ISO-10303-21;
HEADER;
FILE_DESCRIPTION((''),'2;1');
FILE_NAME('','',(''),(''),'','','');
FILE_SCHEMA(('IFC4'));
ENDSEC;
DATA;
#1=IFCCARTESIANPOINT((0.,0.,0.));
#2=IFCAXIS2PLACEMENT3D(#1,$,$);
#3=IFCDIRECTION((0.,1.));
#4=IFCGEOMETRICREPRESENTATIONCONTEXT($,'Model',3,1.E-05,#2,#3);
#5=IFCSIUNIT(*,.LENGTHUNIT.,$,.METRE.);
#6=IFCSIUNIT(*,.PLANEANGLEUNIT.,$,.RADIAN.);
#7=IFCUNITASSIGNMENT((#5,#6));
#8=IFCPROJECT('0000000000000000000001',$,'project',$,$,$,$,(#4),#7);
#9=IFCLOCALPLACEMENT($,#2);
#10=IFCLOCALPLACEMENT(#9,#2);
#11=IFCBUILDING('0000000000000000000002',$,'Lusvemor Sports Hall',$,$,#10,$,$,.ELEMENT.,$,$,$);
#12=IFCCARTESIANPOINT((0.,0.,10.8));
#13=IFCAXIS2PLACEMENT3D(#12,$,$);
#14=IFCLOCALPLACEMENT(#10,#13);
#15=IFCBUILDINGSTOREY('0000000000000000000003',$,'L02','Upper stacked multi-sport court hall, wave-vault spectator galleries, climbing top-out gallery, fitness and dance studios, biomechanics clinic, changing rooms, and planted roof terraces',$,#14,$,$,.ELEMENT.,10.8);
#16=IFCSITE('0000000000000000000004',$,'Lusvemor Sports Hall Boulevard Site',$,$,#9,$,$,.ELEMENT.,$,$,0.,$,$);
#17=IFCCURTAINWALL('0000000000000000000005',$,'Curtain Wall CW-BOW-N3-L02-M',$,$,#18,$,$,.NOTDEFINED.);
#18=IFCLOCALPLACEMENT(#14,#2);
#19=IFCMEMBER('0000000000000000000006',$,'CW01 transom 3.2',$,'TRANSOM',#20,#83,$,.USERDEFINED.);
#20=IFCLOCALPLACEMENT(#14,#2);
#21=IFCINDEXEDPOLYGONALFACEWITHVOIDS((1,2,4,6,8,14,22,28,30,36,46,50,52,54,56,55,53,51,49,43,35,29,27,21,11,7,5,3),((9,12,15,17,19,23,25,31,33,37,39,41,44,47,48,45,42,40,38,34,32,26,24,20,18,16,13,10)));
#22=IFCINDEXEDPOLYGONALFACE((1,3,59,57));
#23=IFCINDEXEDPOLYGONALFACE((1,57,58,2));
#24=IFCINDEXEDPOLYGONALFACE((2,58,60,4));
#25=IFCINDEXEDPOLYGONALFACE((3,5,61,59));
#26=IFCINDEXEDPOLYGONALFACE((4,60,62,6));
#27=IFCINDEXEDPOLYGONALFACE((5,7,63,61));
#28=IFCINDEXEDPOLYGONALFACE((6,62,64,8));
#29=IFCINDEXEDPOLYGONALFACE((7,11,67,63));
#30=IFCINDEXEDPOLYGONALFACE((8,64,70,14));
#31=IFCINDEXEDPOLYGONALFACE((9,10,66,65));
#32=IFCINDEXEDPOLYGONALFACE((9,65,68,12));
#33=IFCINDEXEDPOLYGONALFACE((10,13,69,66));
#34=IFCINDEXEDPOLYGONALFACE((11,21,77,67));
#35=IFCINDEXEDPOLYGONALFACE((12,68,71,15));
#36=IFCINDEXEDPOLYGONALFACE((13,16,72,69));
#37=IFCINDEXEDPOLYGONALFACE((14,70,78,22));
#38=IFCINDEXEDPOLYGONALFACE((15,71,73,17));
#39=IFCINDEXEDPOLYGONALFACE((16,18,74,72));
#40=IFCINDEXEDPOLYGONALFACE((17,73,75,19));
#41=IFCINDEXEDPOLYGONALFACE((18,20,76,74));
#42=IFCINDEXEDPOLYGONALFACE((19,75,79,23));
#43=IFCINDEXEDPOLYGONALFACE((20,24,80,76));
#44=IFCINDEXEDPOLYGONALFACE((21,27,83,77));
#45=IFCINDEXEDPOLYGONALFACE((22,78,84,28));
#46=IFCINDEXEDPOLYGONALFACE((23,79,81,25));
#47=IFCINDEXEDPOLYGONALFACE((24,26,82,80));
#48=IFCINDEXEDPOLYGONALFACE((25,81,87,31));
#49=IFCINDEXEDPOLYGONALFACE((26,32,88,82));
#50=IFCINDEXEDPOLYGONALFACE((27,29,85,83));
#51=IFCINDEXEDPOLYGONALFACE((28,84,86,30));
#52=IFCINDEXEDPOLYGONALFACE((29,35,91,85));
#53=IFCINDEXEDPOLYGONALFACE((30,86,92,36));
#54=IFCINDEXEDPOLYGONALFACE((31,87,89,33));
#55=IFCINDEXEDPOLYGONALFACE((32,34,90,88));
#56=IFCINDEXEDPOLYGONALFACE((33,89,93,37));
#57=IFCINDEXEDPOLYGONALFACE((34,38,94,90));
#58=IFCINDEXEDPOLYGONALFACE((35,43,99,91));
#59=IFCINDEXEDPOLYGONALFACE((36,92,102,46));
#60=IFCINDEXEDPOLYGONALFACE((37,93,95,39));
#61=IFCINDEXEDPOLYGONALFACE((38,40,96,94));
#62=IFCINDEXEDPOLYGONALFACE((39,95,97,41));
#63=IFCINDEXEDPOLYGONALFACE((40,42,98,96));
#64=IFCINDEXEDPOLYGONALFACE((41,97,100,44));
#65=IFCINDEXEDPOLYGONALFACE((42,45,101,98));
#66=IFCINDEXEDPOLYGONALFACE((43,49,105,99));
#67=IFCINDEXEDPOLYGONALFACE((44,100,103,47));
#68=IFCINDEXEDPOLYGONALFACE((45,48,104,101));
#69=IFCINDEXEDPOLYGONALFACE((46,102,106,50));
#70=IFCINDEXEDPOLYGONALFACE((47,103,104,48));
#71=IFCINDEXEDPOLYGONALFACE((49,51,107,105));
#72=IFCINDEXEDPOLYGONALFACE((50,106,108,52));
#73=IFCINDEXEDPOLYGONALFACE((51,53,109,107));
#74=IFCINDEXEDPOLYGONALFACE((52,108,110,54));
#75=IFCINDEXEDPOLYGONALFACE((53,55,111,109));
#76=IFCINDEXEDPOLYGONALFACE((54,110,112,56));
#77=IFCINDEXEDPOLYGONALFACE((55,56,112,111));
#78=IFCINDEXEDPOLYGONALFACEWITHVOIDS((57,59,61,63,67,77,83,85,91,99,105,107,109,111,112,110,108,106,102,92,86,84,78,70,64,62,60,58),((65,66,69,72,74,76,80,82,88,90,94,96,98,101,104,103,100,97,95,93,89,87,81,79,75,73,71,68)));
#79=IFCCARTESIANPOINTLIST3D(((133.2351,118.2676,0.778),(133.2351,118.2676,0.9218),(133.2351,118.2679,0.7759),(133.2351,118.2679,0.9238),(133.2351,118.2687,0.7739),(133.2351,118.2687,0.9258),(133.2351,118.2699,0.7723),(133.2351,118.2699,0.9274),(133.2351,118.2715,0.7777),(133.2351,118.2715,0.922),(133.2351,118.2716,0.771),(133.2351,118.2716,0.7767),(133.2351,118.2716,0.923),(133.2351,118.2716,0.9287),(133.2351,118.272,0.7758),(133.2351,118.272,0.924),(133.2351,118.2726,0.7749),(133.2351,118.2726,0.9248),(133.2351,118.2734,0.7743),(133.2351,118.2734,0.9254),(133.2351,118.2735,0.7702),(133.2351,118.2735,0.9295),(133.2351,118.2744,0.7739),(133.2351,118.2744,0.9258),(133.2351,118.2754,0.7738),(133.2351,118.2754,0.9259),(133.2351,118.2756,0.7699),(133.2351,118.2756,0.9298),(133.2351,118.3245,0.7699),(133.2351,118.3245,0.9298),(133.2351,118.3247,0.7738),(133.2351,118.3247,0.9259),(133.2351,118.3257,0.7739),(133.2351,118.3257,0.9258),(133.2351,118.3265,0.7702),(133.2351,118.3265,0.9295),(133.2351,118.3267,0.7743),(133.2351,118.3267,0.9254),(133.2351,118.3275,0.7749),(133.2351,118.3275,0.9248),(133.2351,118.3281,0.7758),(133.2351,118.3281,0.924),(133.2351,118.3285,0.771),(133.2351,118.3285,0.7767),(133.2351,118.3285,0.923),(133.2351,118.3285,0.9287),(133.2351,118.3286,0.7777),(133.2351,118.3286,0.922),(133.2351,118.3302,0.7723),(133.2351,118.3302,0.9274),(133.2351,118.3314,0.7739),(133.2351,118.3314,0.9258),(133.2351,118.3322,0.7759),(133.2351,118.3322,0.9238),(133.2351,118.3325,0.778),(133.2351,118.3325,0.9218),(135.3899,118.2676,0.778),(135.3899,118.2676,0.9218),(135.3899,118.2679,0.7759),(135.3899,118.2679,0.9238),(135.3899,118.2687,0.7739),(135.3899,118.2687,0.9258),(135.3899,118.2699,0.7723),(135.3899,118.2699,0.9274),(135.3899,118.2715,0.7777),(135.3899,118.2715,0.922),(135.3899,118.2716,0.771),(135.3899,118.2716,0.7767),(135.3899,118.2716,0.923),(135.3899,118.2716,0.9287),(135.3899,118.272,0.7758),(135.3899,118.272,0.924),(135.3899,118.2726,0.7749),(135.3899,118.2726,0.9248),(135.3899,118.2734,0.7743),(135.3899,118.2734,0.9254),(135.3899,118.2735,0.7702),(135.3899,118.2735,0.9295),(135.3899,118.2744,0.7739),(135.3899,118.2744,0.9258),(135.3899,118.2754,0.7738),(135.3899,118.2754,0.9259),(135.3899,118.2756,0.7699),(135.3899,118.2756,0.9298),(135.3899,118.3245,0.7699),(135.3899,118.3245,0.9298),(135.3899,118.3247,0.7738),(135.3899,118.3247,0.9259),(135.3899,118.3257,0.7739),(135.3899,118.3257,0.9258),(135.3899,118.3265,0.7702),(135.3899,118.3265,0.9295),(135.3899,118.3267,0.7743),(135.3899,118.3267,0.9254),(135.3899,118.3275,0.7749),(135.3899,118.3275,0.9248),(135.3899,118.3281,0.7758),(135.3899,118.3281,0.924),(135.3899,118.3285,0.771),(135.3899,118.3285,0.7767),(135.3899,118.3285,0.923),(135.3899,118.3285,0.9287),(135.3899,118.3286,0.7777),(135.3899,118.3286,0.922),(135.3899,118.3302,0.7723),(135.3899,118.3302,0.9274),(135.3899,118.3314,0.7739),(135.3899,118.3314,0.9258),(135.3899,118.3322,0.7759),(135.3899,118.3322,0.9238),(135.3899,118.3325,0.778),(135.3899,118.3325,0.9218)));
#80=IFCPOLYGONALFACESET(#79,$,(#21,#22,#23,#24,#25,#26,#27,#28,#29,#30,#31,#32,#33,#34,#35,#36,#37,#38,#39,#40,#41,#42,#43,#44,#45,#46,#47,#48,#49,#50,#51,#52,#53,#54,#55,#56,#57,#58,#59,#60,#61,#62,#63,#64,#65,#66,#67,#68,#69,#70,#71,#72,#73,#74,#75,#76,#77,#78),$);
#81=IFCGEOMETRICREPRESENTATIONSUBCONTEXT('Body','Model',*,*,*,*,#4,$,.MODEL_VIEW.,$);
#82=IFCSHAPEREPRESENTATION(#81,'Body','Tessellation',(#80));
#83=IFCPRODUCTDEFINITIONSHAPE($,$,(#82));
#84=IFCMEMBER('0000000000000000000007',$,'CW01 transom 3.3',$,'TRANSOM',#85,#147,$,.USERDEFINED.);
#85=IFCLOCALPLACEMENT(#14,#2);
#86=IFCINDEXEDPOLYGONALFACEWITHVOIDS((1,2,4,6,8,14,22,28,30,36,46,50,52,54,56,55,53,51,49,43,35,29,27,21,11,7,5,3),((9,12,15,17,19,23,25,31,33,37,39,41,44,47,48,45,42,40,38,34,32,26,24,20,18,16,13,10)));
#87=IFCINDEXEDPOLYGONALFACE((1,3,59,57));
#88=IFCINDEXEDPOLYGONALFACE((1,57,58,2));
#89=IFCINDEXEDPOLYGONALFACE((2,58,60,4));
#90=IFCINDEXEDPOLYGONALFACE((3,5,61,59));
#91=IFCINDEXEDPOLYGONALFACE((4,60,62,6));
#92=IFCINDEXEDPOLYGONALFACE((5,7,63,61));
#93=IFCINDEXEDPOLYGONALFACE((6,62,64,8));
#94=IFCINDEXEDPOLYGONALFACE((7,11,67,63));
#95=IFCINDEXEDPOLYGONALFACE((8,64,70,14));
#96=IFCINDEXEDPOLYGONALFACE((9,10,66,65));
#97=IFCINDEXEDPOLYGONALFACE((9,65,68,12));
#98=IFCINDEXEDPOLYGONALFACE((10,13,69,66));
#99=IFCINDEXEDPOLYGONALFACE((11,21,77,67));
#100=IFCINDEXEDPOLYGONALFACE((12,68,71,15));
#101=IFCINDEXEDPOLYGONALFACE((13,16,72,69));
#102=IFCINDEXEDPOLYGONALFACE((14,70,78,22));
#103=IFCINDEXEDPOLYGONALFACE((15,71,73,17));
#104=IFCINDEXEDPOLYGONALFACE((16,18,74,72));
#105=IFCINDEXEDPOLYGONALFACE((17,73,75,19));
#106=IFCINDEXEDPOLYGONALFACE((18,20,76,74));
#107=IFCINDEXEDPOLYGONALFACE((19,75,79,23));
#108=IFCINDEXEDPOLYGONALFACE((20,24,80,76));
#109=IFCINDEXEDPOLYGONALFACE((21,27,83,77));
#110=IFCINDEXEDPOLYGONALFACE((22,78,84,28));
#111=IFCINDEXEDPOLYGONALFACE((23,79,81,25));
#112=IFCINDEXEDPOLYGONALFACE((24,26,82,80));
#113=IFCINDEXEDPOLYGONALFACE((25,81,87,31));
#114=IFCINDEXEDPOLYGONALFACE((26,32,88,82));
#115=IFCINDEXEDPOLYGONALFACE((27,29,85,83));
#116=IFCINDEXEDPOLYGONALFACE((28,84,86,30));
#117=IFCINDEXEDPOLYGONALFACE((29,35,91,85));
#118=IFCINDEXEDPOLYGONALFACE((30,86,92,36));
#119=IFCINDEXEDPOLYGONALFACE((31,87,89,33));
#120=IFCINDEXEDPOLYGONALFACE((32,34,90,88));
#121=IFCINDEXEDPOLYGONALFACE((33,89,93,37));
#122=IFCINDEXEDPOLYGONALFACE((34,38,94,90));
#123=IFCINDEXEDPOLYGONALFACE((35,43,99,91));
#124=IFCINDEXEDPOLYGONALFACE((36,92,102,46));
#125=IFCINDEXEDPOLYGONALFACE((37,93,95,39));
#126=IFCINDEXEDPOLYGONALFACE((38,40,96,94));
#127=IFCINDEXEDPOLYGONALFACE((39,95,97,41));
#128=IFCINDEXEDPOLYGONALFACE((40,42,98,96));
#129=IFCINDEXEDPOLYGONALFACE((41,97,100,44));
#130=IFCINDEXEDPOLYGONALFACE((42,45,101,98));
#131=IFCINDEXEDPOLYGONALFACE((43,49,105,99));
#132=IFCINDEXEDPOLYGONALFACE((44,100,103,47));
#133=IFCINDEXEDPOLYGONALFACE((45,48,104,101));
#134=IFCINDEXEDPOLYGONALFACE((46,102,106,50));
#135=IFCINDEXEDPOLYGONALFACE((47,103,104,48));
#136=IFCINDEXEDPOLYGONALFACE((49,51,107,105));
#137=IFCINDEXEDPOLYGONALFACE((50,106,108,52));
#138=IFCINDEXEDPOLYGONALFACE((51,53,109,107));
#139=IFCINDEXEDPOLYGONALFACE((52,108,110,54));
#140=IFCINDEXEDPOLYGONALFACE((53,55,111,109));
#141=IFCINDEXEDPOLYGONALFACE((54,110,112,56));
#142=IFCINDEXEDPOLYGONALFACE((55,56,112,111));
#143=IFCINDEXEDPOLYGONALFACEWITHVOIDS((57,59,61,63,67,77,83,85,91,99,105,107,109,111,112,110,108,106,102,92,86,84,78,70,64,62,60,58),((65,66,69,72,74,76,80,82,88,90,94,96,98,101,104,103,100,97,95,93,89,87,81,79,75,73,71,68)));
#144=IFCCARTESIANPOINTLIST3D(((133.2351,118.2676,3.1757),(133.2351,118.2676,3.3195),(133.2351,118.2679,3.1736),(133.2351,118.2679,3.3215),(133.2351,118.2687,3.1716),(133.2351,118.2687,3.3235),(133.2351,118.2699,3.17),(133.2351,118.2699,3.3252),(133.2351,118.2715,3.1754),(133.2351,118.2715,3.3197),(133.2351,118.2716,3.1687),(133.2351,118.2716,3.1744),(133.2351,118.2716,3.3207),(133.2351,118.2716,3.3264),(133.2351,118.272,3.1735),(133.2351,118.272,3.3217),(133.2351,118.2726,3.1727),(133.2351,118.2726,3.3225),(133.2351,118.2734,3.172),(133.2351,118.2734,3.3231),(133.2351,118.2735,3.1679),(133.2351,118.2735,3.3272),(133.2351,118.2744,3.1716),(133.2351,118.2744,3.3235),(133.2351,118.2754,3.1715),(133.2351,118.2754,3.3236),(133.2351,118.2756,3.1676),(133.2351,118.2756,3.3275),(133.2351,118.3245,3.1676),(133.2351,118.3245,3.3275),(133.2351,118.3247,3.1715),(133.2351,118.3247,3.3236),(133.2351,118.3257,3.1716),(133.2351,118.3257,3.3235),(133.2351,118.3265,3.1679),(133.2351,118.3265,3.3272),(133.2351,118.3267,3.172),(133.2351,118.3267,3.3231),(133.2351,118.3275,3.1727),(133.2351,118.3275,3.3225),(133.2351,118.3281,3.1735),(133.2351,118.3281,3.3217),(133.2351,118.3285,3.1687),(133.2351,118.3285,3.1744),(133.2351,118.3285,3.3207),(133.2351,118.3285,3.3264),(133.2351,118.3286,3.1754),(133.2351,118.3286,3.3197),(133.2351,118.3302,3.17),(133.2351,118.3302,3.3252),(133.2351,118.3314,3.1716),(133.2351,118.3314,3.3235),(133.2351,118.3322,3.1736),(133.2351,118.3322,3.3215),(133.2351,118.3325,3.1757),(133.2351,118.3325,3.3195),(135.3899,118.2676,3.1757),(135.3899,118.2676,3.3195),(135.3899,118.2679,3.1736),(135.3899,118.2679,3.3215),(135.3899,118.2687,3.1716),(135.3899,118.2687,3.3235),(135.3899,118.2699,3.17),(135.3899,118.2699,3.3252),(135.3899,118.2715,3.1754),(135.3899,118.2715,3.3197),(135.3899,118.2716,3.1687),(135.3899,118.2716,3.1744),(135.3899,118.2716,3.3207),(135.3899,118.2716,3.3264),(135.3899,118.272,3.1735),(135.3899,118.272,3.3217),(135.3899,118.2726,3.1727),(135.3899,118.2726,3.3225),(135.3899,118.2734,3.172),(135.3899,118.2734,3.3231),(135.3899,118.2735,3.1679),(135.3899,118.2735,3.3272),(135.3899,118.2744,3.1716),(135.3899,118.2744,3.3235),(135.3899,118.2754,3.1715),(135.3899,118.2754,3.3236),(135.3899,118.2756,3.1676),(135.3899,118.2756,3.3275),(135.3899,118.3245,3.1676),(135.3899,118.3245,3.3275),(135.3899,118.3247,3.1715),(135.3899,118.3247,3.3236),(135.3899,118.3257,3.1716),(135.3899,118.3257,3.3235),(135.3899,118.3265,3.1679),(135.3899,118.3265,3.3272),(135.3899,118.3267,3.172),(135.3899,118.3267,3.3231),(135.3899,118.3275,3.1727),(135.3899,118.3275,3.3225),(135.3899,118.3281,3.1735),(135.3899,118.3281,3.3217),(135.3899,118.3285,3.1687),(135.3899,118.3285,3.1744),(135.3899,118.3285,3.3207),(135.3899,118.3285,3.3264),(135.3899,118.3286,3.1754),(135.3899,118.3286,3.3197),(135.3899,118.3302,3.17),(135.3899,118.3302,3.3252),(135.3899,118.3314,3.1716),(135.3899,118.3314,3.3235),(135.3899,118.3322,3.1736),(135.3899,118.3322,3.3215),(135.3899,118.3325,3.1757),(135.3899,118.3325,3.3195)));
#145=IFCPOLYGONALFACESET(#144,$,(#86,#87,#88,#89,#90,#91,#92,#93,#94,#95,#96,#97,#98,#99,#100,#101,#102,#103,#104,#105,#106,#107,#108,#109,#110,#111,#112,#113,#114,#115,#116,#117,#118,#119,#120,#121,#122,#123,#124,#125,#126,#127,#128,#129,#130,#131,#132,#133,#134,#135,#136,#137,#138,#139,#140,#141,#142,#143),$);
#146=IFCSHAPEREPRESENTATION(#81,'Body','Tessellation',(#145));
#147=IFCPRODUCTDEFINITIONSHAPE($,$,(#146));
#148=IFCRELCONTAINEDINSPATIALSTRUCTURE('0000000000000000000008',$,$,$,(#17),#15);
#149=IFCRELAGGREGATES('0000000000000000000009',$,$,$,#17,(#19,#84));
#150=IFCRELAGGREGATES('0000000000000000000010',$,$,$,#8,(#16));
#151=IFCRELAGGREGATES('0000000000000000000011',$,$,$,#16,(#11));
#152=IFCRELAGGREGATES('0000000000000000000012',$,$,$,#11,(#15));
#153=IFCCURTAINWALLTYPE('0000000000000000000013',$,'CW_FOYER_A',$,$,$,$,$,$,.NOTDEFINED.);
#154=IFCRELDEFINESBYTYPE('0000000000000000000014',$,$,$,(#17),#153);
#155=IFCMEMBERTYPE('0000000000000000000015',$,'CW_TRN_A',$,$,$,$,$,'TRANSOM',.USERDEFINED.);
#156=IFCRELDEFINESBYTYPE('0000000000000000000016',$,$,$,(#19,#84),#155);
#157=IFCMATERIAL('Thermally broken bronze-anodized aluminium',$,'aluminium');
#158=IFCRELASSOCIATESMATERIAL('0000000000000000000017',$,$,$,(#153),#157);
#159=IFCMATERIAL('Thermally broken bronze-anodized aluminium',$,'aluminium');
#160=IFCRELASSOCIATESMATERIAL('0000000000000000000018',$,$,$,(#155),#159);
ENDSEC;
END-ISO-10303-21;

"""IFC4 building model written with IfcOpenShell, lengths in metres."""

from ifc_helpers import new_model, si_unit, direction, frame, origin, origin_2d, place, context, subcontext, project, spatial, hollow_rectangle, extrude, material, material_profile, profile_set, type_object, element, aggregate, save


model = new_model("IFC4")

# Units and contexts
model_context = context("Model", 3, precision=1e-05, world=origin(), true_north=direction((0.0, 1.0)))
body_context = subcontext(model_context, "Body", "Model", "MODEL_VIEW")
ifc_project = project(units=[si_unit("LENGTHUNIT", "METRE"), si_unit("PLANEANGLEUNIT", "RADIAN")], contexts=[model_context])

# Site, building, storey
site_placement = place(None, origin())
site = spatial("IfcSite", under=ifc_project, at=site_placement, Name="Lusvemor Sports Hall Boulevard Site", CompositionType="ELEMENT", RefElevation=0.0)
building_placement = place(site_placement, origin())
building = spatial("IfcBuilding", under=site, at=building_placement, Name="Lusvemor Sports Hall", CompositionType="ELEMENT")
storey_placement = place(building_placement, frame((0.0, 0.0, 10.8)))
storey = spatial("IfcBuildingStorey", under=building, at=storey_placement, Name="L02", Description="Upper stacked multi-sport court hall, wave-vault spectator galleries, climbing top-out gallery, fitness and dance studios, biomechanics clinic, changing rooms, and planted roof terraces", CompositionType="ELEMENT", Elevation=10.8)

# Curtain wall
ifc_material_1 = material(Name="Thermally broken bronze-anodized aluminium", Category="aluminium")
curtain_wall_type_1 = type_object("IfcCurtainWallType", Name="CW_FOYER_A", PredefinedType="NOTDEFINED", material=ifc_material_1)
curtain_wall_1_placement = place(storey_placement, origin())
curtain_wall_1 = element("IfcCurtainWall", 1, at=curtain_wall_1_placement, inside=storey, type_object=curtain_wall_type_1, Name="Curtain Wall CW-BOW-N3-L02-M", PredefinedType="NOTDEFINED")

# Members
ifc_material_2 = material(Name="Thermally broken bronze-anodized aluminium", Category="aluminium")
ifc_material_profile_1 = material_profile(ifc_material_2, hollow_rectangle(XDim=0.0649, YDim=0.1599, WallThickness=0.0039, InnerFilletRadius=0.0039, OuterFilletRadius=0.0081, at=origin_2d()), Name="CWTRN160x65x4")
ifc_profile_set_1 = profile_set([ifc_material_profile_1], Name="Thermally broken bronze-anodized aluminium")
member_type_1 = type_object("IfcMemberType", Name="CW_TRN_A", ElementType="TRANSOM", PredefinedType="USERDEFINED", material=ifc_profile_set_1)
member_1_placement = place(storey_placement, frame((133.2351, 118.3, 0.8499), z_axis=(1.0, 0.0, 0.0), x_axis=(0.0, 1.0, 0.0)))
member_1 = element("IfcMember", 2, at=member_1_placement, type_object=member_type_1, Name="CW01 transom 3.2", ObjectType="TRANSOM", PredefinedType="USERDEFINED", context=body_context, shape_type="SweptSolid", body=[
    extrude(hollow_rectangle(XDim=0.0649, YDim=0.1599, WallThickness=0.0039, InnerFilletRadius=0.0039, OuterFilletRadius=0.0081, at=origin_2d()), origin(), (0.0, 0.0, 1.0), 2.1548),
])
member_2_placement = place(storey_placement, frame((133.2351, 118.3, 3.2476), z_axis=(1.0, 0.0, 0.0), x_axis=(0.0, 1.0, 0.0)))
member_2 = element("IfcMember", 3, at=member_2_placement, type_object=member_type_1, Name="CW01 transom 3.3", ObjectType="TRANSOM", PredefinedType="USERDEFINED", context=body_context, shape_type="SweptSolid", body=[
    extrude(hollow_rectangle(XDim=0.0649, YDim=0.1599, WallThickness=0.0039, InnerFilletRadius=0.0039, OuterFilletRadius=0.0081, at=origin_2d()), origin(), (0.0, 0.0, 1.0), 2.1548),
])

aggregate(curtain_wall_1, [member_1, member_2])

save(model, "model.ifc")
